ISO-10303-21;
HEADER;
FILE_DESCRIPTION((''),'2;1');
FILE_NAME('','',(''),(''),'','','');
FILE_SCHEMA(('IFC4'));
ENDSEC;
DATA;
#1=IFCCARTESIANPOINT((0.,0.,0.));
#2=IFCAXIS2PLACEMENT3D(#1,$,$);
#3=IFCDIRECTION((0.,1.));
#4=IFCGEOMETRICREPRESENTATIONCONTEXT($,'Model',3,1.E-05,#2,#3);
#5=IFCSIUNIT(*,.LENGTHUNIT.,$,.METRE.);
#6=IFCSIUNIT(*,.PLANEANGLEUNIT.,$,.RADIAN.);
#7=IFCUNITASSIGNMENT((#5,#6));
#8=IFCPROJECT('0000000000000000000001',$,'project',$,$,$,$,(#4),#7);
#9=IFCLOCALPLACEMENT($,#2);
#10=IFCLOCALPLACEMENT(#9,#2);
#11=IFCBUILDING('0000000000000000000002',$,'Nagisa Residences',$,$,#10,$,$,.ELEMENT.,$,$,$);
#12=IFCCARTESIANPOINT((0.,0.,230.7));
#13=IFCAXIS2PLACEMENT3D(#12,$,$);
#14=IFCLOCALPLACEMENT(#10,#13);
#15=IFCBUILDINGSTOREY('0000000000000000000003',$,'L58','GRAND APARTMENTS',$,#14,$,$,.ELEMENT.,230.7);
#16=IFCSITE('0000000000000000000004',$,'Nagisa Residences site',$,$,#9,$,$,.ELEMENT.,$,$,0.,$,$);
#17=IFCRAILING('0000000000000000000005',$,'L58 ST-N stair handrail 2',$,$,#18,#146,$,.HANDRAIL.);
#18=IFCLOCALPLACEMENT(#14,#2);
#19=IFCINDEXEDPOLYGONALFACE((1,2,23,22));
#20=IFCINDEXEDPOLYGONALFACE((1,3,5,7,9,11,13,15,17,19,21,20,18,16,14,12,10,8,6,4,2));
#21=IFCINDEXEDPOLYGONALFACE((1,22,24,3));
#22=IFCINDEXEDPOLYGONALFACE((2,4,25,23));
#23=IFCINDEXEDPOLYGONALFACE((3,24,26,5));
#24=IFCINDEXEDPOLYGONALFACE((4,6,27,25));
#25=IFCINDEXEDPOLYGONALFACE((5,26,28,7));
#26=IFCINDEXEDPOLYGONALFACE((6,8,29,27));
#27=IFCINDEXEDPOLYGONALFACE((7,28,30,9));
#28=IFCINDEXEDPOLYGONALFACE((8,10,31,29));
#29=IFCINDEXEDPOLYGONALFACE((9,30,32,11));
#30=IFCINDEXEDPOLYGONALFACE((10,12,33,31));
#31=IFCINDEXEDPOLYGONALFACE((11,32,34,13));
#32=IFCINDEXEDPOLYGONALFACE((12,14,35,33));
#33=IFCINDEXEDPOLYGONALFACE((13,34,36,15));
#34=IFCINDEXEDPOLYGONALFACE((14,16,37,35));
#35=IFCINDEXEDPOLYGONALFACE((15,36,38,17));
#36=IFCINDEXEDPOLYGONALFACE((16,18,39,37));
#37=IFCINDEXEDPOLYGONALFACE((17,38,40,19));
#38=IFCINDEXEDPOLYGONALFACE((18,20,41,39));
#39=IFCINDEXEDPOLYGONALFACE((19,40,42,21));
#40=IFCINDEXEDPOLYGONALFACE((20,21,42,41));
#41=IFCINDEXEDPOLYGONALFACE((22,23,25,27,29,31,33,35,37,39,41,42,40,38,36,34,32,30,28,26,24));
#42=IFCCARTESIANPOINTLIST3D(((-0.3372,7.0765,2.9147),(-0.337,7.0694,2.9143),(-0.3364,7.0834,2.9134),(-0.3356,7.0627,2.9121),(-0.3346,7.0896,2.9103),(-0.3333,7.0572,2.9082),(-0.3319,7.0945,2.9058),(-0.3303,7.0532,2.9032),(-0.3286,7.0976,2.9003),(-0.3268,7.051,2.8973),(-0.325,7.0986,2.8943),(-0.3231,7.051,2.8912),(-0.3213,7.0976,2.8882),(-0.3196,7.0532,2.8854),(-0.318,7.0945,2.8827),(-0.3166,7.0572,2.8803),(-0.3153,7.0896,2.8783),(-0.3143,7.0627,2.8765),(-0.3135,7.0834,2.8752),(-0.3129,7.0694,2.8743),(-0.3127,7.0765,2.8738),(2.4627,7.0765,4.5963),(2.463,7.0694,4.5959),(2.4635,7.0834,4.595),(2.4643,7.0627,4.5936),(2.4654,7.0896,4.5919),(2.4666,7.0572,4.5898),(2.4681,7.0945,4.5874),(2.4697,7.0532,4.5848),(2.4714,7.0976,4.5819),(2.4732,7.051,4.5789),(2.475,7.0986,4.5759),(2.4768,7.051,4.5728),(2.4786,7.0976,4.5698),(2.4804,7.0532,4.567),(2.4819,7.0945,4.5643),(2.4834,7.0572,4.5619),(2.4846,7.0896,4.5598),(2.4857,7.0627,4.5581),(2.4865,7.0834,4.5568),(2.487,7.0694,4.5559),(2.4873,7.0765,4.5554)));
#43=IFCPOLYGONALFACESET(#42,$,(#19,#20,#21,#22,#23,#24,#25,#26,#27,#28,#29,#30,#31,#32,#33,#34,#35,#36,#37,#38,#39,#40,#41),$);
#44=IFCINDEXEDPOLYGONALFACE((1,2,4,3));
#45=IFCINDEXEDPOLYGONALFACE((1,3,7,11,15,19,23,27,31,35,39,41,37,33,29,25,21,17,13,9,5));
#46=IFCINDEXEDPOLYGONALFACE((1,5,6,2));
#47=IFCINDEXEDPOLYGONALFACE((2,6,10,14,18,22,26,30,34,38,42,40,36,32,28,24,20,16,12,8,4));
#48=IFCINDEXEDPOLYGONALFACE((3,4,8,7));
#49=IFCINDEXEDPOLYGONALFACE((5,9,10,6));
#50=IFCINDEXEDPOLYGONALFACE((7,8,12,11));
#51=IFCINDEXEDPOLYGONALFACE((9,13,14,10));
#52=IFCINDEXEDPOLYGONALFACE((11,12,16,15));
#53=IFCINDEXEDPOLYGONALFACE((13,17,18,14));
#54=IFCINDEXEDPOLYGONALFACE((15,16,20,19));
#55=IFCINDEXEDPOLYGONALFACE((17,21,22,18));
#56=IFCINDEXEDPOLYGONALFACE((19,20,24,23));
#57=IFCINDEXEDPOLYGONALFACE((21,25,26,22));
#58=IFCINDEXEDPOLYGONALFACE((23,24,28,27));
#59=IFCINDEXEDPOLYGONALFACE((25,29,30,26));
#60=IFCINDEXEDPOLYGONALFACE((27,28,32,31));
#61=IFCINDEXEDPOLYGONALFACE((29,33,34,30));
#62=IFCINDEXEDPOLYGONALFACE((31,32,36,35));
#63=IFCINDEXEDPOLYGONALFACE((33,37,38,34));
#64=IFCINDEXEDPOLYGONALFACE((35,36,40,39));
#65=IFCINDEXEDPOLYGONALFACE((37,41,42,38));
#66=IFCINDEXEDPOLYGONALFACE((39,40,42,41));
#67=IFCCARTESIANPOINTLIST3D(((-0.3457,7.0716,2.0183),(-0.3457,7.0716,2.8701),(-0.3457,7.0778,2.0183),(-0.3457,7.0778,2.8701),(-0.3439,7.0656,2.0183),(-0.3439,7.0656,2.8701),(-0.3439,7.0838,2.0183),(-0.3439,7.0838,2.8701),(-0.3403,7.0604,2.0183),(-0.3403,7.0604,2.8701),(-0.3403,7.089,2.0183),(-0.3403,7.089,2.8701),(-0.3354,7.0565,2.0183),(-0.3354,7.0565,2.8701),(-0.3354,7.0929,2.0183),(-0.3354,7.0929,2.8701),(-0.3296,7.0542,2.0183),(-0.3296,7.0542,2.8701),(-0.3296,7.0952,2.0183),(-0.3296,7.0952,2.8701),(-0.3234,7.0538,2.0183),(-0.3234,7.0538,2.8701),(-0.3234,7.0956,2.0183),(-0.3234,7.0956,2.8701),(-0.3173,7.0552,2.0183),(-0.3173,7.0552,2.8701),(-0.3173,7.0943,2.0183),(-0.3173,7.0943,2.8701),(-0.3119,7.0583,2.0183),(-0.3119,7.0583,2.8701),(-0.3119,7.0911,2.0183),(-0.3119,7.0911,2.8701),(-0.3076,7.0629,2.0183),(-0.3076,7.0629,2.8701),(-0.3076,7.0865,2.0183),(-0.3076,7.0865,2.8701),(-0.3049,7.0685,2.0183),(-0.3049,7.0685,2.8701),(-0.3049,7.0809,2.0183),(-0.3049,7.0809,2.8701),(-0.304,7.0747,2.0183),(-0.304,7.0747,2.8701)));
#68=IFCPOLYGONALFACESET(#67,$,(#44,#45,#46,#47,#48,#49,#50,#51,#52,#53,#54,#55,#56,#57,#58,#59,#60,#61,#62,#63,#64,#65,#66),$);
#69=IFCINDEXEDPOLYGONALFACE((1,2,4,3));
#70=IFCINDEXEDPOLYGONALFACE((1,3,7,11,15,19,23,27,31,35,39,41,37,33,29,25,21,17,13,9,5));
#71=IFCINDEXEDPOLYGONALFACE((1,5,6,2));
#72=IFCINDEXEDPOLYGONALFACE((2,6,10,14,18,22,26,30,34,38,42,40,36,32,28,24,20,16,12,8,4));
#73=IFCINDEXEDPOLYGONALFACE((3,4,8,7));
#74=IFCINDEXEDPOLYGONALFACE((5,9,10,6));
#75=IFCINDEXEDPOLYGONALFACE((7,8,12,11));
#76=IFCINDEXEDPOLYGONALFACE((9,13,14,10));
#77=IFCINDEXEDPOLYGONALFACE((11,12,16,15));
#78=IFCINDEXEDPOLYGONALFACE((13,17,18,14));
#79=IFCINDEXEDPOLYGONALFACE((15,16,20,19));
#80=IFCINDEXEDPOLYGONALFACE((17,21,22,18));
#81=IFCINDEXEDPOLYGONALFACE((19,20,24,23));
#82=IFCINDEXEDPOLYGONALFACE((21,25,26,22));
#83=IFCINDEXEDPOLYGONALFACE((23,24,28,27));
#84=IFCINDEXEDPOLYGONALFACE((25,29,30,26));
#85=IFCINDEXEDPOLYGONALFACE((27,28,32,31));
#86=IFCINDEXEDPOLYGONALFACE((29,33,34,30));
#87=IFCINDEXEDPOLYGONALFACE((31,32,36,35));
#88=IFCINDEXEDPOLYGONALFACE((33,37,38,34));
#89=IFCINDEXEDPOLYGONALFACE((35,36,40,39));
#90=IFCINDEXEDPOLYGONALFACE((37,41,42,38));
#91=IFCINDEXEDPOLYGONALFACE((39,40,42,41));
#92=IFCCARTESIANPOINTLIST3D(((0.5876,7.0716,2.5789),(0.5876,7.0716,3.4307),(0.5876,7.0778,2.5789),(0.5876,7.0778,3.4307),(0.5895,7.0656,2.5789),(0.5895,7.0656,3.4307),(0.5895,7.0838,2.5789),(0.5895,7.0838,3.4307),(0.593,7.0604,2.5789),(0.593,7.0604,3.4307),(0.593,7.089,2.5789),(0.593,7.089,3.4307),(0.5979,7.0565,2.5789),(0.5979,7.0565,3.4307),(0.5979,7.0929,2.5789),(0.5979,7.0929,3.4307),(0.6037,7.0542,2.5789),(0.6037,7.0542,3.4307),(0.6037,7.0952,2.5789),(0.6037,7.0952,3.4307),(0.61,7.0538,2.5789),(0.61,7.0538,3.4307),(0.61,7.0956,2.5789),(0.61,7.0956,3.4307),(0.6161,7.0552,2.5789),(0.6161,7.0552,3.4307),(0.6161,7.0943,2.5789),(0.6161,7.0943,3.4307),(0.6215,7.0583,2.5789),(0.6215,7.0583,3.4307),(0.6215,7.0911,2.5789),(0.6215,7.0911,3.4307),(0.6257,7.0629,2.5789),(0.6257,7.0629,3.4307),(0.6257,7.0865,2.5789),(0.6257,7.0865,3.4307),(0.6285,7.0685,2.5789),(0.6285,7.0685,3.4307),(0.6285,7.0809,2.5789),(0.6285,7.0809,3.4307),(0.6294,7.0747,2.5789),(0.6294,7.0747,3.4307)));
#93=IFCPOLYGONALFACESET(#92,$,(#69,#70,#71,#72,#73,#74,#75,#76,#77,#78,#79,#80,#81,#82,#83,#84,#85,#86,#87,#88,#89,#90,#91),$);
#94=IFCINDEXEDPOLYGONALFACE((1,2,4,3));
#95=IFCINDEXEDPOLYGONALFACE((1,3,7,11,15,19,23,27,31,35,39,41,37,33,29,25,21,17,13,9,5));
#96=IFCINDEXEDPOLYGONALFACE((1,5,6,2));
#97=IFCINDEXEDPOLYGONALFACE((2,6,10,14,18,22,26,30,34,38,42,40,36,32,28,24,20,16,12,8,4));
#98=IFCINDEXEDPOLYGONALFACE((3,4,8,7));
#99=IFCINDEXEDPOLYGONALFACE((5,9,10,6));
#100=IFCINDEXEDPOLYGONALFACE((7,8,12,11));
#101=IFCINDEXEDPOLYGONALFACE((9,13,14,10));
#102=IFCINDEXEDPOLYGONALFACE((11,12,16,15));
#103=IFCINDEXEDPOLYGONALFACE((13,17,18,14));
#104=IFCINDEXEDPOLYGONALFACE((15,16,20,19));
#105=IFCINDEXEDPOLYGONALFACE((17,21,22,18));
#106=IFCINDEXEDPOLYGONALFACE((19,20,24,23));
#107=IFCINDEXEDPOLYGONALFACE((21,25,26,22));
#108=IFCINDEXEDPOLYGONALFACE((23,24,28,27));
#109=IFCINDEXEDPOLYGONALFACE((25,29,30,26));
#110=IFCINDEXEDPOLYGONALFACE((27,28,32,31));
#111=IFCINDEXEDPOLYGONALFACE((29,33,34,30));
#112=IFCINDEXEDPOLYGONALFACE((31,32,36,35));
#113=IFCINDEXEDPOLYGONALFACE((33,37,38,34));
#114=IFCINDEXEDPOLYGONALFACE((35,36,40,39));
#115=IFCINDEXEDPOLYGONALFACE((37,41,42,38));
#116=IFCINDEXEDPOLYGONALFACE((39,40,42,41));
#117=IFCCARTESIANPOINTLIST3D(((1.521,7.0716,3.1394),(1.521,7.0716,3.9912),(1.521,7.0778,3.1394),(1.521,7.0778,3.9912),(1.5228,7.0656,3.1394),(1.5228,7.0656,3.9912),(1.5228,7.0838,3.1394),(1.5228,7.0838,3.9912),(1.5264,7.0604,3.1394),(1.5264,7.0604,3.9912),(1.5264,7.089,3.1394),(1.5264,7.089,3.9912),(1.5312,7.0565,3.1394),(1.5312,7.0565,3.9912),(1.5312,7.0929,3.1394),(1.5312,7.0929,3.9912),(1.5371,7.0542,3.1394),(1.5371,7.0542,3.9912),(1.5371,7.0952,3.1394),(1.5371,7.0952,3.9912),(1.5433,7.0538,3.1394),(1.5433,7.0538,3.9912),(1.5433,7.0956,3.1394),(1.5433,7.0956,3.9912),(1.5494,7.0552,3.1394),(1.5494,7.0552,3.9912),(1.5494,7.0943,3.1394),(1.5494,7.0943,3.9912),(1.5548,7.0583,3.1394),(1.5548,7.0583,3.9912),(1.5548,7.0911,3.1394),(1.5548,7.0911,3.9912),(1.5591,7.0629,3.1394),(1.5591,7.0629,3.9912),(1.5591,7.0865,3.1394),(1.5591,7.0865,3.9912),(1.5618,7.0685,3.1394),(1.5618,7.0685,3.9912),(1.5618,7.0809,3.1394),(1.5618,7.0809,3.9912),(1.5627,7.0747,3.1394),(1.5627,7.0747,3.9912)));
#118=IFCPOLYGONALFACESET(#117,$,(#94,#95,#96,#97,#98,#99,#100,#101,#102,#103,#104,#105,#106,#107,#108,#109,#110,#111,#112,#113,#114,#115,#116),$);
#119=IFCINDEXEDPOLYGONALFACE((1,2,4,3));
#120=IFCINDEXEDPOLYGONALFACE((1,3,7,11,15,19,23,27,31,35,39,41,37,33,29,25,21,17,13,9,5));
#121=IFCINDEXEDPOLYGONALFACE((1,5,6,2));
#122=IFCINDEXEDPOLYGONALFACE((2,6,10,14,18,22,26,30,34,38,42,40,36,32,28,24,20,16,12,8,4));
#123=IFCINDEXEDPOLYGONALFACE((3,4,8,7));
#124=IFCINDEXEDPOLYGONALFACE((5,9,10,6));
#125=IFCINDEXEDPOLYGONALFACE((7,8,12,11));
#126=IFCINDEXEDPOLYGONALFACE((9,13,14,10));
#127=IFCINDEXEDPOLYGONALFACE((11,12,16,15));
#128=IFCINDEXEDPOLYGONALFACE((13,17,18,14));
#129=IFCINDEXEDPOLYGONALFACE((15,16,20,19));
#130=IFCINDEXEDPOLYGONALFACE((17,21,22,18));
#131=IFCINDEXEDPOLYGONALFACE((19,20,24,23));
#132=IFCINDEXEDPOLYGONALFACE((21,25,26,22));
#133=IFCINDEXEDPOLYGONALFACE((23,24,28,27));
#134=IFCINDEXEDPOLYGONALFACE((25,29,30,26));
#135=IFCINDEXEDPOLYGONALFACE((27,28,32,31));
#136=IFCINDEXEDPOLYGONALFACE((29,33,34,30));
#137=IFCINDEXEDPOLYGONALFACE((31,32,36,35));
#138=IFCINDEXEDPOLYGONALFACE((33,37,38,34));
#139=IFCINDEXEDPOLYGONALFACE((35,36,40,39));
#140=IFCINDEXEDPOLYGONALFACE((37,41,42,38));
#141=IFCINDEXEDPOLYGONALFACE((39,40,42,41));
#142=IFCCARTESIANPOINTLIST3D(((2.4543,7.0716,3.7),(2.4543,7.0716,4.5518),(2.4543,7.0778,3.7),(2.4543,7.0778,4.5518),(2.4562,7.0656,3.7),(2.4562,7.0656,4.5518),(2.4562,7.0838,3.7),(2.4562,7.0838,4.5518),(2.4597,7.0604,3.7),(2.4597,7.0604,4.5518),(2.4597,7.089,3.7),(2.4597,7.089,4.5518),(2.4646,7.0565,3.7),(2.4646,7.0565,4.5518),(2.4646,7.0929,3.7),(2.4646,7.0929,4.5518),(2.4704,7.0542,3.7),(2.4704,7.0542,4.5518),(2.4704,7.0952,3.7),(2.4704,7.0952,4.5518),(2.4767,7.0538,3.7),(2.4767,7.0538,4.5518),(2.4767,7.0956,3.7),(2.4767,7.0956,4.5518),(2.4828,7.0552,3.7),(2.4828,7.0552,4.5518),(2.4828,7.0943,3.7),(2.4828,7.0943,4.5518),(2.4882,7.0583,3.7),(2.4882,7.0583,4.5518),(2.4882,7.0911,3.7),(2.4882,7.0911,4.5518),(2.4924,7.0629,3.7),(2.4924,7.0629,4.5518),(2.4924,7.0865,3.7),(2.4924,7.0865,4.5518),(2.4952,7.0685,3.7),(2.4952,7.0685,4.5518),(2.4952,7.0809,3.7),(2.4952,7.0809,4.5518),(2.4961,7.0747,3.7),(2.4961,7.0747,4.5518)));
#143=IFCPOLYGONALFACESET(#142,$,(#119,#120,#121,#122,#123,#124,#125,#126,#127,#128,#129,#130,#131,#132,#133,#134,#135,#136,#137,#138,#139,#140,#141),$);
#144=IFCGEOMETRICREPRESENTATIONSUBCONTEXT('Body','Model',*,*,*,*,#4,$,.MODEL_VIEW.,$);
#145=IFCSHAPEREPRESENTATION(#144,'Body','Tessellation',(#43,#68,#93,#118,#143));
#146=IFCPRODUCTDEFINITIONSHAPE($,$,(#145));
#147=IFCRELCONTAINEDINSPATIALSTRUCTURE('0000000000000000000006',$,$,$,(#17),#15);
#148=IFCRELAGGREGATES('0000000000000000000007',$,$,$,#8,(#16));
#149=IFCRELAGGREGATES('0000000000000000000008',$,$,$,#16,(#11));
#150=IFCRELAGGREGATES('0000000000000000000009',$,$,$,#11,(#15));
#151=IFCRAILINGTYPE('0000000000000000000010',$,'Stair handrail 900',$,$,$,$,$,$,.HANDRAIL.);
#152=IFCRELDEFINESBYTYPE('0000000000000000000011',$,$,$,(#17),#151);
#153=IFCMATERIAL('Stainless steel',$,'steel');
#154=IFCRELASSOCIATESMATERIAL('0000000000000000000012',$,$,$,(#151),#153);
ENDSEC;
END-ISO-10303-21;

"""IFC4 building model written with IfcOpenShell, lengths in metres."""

from ifc_helpers import new_model, si_unit, direction, frame, origin, origin_2d, place, context, subcontext, project, spatial, circle, extrude, material, type_object, element, save


model = new_model("IFC4")

# Units and contexts
model_context = context("Model", 3, precision=1e-05, world=origin(), true_north=direction((0.0, 1.0)))
body_context = subcontext(model_context, "Body", "Model", "MODEL_VIEW")
ifc_project = project(units=[si_unit("LENGTHUNIT", "METRE"), si_unit("PLANEANGLEUNIT", "RADIAN")], contexts=[model_context])

# Site, building, storey
site_placement = place(None, origin())
site = spatial("IfcSite", under=ifc_project, at=site_placement, Name="Nagisa Residences site", CompositionType="ELEMENT", RefElevation=0.0)
building_placement = place(site_placement, origin())
building = spatial("IfcBuilding", under=site, at=building_placement, Name="Nagisa Residences", CompositionType="ELEMENT")
storey_placement = place(building_placement, frame((0.0, 0.0, 230.7)))
storey = spatial("IfcBuildingStorey", under=building, at=storey_placement, Name="L58", Description="GRAND APARTMENTS", CompositionType="ELEMENT", Elevation=230.7)

# Railing
ifc_material_1 = material(Name="Stainless steel", Category="steel")
railing_type = type_object("IfcRailingType", Name="Stair handrail 900", PredefinedType="HANDRAIL", material=ifc_material_1)
railing_placement = place(storey_placement, frame((-0.325, 7.0747, 2.0183)))
element("IfcRailing", 1, at=railing_placement, inside=storey, type_object=railing_type, Name="L58 ST-N stair handrail 2", PredefinedType="HANDRAIL", context=body_context, shape_type="SweptSolid", body=[
    extrude(circle(Radius=0.0239, at=origin_2d()), frame((0.0, 0.0, 0.876), z_axis=(0.857275, 0.0, 0.514858), x_axis=(0.0, 1.0, 0.0)), (0.0, 0.0, 1.0), 3.2661),
    extrude(circle(Radius=0.021, at=origin_2d()), origin(), (0.0, 0.0, 1.0), 0.8518),
    extrude(circle(Radius=0.021, at=origin_2d()), frame((0.9333, 0.0, 0.5605)), (0.0, 0.0, 1.0), 0.8518),
    extrude(circle(Radius=0.021, at=origin_2d()), frame((1.8667, 0.0, 1.1211)), (0.0, 0.0, 1.0), 0.8518),
    extrude(circle(Radius=0.021, at=origin_2d()), frame((2.8, 0.0, 1.6816)), (0.0, 0.0, 1.0), 0.8518),
])

save(model, "model.ifc")
